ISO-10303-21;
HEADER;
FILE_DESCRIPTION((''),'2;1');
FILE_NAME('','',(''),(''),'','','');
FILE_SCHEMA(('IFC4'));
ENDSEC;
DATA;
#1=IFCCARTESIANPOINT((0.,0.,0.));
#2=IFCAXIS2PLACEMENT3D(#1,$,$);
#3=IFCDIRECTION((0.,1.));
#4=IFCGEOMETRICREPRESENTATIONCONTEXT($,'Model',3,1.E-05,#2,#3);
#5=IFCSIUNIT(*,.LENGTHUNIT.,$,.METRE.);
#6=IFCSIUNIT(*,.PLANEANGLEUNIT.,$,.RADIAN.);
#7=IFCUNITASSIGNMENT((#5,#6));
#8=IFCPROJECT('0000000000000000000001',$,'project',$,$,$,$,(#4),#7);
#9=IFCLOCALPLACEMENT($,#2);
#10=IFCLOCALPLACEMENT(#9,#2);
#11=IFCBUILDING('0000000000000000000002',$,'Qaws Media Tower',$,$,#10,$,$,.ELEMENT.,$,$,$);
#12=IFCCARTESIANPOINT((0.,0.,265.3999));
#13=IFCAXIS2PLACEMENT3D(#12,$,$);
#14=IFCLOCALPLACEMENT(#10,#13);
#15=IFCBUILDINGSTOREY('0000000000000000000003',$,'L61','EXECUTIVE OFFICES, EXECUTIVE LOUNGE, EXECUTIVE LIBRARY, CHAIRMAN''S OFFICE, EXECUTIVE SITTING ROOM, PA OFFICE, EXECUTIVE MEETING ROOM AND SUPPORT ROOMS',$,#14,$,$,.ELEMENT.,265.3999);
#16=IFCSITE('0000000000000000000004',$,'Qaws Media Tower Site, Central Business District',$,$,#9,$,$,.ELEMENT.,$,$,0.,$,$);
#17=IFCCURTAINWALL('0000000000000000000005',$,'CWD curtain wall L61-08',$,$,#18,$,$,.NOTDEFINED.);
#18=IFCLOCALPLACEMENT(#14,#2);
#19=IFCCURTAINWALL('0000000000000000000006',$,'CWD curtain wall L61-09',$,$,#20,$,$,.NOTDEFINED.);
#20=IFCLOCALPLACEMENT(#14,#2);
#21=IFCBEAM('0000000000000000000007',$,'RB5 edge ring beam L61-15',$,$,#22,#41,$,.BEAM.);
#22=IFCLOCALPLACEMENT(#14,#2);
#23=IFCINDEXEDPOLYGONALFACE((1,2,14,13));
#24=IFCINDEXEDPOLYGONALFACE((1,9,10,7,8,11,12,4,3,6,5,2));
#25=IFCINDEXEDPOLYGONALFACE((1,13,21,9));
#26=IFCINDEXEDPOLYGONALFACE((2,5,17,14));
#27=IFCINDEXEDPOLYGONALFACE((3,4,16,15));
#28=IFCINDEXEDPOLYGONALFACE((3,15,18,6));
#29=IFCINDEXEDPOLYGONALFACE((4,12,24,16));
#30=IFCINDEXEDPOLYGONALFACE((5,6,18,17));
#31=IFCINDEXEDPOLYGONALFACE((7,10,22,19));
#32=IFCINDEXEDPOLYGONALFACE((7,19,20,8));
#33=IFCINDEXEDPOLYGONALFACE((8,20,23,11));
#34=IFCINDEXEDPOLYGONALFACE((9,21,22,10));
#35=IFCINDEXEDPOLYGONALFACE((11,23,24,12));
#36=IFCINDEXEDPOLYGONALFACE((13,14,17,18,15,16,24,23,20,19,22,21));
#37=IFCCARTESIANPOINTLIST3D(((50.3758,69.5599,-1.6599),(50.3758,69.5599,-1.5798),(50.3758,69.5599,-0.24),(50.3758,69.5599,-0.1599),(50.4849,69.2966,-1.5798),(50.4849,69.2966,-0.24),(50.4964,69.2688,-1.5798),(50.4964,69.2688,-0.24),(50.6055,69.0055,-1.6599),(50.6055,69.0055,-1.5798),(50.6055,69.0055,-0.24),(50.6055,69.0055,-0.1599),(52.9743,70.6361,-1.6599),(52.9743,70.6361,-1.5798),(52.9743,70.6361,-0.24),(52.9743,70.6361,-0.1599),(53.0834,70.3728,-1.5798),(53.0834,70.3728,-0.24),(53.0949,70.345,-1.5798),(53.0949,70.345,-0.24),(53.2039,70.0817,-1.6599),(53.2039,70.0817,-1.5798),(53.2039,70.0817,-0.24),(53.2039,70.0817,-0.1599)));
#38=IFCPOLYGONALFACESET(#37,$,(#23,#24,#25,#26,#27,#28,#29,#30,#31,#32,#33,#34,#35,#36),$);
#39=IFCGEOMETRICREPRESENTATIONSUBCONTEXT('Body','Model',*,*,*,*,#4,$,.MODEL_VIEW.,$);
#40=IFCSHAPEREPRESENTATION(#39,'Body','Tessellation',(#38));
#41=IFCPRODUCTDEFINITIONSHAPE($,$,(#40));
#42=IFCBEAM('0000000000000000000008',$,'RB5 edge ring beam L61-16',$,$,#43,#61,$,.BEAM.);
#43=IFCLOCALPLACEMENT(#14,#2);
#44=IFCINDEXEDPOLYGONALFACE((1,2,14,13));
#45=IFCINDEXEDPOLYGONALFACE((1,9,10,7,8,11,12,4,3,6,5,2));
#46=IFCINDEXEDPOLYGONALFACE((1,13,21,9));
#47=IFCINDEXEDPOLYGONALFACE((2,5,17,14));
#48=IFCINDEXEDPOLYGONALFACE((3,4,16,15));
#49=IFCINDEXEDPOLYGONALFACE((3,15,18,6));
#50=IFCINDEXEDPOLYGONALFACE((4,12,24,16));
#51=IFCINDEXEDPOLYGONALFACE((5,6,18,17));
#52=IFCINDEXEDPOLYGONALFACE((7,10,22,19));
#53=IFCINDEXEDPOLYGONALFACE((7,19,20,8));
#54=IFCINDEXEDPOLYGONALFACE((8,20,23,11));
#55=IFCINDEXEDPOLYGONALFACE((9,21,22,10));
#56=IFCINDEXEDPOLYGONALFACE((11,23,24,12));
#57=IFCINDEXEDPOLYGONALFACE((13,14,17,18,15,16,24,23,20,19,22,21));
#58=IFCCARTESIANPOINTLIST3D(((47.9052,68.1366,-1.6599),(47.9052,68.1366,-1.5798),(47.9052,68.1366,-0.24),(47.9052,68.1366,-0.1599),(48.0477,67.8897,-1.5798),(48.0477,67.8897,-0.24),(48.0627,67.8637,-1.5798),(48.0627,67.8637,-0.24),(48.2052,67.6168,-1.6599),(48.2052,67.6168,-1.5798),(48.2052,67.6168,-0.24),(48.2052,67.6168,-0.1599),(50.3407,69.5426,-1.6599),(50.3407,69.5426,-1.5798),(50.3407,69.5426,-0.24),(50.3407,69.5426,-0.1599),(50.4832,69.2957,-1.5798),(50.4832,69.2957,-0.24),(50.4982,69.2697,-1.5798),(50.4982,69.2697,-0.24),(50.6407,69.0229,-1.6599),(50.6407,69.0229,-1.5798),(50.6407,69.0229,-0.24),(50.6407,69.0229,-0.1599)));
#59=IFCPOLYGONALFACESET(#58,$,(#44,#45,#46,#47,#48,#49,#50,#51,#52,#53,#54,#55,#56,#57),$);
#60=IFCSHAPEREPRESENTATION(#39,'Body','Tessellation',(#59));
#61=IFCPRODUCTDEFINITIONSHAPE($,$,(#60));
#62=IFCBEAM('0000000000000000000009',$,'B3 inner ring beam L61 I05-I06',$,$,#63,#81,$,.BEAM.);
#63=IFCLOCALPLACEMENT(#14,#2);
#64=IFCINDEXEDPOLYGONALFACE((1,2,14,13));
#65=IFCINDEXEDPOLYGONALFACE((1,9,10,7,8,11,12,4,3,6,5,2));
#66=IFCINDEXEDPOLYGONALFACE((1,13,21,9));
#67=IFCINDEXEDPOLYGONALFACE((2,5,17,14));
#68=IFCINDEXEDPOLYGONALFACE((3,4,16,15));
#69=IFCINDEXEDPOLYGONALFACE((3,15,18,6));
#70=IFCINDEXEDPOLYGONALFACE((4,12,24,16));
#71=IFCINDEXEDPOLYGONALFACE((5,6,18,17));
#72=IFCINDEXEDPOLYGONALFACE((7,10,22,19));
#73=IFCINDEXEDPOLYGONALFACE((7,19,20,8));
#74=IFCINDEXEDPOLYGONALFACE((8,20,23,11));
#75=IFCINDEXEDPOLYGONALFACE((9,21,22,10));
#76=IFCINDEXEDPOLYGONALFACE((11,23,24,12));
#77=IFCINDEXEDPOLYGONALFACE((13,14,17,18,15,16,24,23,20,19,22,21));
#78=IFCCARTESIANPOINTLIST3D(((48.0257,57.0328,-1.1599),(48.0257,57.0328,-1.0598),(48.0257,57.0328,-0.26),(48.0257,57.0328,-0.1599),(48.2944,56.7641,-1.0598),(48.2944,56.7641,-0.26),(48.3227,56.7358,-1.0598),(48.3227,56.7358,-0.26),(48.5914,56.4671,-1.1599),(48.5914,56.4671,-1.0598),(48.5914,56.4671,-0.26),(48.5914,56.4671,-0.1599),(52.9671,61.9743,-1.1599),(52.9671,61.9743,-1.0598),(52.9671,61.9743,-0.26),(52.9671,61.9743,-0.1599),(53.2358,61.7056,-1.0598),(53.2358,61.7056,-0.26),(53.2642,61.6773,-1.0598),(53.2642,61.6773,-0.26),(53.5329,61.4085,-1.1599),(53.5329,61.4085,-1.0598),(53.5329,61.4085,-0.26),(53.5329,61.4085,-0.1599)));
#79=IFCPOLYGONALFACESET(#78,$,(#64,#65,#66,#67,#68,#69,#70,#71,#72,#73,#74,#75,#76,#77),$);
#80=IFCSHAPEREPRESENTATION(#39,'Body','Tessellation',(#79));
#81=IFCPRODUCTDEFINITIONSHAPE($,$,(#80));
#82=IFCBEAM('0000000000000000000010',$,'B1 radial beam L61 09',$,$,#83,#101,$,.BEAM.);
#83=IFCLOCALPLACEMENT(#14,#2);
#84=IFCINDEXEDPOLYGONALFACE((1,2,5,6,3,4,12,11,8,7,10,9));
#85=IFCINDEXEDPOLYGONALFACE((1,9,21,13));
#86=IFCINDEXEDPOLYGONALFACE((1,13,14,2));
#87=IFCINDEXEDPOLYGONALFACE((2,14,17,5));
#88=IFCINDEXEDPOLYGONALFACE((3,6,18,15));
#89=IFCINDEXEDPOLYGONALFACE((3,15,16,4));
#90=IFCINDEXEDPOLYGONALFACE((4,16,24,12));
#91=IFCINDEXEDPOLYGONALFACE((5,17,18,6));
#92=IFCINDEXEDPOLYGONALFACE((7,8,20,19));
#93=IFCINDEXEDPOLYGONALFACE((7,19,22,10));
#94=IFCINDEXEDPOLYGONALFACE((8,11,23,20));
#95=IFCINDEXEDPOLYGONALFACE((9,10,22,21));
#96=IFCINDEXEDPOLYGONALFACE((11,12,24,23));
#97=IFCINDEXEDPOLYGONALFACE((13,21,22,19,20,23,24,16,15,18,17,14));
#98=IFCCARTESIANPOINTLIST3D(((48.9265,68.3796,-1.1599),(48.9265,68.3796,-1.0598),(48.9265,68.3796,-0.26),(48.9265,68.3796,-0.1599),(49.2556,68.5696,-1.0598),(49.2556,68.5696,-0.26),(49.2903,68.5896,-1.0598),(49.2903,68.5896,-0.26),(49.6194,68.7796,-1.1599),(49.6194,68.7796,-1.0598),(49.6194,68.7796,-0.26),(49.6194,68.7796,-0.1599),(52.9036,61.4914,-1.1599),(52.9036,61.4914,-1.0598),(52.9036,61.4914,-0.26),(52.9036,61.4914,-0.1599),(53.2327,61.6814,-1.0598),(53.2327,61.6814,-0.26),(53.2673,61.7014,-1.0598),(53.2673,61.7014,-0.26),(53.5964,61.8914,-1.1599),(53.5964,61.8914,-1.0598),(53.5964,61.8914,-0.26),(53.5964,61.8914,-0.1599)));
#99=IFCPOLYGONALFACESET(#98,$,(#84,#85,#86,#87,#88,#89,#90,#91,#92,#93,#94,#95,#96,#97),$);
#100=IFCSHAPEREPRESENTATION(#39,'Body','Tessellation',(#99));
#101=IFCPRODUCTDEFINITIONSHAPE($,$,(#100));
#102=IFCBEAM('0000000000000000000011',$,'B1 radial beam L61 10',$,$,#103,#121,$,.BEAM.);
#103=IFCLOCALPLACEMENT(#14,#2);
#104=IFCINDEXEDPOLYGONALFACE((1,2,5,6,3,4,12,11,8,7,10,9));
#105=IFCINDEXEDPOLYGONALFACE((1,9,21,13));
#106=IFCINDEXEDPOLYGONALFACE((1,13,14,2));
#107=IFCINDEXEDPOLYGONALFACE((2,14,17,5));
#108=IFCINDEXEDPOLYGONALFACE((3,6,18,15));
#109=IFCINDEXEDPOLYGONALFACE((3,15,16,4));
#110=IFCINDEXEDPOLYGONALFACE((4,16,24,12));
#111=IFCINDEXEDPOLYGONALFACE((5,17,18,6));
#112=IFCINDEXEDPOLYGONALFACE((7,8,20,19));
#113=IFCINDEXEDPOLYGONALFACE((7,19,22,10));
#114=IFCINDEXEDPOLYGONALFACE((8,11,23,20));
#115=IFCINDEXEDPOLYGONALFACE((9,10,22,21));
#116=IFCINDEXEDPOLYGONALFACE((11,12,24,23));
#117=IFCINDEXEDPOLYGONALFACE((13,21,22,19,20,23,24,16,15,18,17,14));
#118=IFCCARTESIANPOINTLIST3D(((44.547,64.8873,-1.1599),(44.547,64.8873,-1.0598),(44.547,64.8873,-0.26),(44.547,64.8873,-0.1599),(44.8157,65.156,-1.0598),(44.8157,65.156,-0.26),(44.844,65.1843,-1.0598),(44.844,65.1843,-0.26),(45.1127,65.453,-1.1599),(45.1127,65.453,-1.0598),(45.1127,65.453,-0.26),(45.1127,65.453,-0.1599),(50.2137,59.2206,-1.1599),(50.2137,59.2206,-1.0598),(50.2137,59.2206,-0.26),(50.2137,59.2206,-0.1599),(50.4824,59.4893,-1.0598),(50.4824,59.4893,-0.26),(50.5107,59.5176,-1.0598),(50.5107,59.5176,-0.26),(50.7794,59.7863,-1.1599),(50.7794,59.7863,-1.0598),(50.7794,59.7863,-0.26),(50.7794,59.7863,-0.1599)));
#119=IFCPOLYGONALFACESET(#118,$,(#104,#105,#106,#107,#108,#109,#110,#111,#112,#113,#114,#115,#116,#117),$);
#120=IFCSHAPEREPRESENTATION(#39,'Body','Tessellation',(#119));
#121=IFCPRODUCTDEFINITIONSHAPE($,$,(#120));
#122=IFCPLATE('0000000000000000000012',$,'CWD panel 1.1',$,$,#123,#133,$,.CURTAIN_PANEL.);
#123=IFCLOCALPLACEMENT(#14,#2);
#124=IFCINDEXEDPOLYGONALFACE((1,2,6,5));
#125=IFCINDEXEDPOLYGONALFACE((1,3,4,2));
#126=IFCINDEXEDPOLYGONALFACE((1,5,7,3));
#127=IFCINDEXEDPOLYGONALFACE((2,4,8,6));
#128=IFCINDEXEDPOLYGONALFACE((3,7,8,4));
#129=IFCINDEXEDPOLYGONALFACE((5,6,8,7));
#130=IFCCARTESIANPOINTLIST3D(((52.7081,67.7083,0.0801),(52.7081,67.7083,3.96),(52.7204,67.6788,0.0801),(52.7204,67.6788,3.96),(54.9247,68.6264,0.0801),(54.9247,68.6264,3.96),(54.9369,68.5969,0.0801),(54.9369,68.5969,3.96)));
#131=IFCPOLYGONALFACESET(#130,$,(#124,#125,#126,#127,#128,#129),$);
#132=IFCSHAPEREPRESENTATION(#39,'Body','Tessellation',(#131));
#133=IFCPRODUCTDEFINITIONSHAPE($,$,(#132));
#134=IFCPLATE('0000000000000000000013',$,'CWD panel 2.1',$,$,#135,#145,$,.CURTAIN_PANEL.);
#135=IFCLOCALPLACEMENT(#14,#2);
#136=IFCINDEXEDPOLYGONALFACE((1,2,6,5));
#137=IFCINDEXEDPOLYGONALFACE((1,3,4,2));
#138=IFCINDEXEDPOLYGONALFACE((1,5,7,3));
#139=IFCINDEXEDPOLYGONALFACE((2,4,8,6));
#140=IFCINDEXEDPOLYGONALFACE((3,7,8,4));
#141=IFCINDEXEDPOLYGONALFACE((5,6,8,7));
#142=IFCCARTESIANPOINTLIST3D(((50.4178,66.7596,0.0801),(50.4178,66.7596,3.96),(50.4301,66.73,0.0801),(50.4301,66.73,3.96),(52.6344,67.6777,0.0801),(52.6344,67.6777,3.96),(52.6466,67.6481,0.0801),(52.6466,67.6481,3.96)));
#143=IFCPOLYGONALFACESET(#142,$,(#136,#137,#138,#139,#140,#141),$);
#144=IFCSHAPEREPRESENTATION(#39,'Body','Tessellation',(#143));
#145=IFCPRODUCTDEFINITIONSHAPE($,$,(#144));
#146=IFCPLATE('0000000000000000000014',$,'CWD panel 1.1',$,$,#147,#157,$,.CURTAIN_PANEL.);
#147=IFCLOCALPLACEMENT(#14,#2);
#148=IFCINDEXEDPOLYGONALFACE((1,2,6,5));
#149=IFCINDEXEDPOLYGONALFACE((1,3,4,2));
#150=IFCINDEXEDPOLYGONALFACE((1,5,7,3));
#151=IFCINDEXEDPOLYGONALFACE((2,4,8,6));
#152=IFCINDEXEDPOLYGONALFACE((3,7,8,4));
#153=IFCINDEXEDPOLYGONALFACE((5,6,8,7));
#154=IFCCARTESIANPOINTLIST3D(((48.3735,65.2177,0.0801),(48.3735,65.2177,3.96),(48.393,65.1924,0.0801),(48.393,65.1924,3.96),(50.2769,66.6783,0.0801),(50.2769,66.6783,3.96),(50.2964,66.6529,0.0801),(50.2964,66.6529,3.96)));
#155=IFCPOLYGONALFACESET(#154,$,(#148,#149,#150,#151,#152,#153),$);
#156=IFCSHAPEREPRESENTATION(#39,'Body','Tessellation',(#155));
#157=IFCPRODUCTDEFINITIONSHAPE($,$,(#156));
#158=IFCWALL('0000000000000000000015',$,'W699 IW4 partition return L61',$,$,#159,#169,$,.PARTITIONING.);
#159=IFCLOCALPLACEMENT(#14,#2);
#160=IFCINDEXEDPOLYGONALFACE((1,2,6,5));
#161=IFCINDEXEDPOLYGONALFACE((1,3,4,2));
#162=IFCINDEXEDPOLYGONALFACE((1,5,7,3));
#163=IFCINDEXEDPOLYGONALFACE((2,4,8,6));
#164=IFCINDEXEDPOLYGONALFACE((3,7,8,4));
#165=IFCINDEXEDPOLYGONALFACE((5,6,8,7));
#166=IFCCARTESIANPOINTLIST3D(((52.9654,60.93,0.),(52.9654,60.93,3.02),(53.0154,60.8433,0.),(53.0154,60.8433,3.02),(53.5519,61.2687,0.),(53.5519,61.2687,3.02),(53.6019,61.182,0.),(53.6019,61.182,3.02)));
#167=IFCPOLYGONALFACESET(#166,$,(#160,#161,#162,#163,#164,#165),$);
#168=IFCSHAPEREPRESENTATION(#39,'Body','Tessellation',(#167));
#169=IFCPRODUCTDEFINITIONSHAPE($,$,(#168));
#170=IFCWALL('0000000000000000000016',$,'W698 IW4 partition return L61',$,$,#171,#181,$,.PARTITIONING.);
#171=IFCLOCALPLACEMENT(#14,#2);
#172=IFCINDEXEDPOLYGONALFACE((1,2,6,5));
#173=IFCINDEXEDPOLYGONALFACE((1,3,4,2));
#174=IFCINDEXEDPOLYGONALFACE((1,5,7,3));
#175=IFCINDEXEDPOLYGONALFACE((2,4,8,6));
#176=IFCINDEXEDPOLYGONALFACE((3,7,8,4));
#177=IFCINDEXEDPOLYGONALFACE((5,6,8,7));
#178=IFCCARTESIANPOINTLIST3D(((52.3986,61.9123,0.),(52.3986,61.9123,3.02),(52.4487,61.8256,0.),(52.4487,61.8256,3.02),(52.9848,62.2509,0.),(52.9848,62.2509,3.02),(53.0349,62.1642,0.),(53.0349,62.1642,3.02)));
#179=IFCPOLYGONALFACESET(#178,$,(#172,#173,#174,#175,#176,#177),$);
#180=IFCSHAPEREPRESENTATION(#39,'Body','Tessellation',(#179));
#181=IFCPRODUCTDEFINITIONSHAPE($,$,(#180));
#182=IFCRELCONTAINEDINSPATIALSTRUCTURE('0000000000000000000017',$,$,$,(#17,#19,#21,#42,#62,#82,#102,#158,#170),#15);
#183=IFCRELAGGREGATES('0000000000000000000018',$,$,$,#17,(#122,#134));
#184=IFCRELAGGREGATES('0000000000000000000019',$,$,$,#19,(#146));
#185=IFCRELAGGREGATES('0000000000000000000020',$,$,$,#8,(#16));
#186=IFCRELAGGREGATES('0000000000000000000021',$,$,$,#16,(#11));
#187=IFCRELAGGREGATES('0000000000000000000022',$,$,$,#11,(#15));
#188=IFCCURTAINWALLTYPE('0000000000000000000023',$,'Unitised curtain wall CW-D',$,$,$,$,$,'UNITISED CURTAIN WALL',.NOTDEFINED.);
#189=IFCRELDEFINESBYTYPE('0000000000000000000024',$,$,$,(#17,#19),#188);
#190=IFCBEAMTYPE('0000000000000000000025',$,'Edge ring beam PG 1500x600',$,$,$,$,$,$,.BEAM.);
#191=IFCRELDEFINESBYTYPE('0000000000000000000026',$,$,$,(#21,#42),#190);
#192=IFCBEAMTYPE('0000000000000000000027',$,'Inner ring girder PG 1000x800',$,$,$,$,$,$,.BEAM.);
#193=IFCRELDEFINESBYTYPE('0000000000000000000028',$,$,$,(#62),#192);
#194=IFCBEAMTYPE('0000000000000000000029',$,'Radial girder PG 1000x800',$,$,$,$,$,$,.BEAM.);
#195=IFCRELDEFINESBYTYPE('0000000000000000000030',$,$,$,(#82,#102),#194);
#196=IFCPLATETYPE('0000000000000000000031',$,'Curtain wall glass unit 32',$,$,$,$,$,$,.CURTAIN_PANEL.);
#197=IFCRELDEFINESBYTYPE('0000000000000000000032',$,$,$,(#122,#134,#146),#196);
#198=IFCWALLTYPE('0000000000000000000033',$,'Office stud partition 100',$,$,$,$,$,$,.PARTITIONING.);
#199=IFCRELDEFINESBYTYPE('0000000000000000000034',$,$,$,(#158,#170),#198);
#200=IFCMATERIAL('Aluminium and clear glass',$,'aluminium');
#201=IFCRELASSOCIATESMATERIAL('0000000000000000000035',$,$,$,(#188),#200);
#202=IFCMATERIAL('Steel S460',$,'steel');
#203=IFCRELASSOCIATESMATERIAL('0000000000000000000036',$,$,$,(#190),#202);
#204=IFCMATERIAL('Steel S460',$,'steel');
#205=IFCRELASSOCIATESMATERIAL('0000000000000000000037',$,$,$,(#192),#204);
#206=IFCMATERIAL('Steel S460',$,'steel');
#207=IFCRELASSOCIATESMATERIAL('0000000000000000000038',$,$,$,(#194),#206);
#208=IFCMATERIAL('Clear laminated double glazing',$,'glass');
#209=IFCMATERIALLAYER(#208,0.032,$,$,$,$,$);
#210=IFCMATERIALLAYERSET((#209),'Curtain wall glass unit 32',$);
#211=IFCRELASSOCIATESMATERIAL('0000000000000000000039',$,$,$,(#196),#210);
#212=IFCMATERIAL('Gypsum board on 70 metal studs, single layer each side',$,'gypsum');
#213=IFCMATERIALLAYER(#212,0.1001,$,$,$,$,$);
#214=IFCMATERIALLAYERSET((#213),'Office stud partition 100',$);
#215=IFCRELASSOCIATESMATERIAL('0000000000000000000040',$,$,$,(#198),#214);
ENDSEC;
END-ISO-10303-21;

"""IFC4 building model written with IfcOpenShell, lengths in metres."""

from ifc_helpers import new_model, si_unit, direction, frame, frame_2d, origin, origin_2d, place, context, subcontext, project, spatial, rectangle, i_section, extrude, material, layer, layer_set, material_profile, profile_set, type_object, element, aggregate, save


model = new_model("IFC4")

# Units and contexts
model_context = context("Model", 3, precision=1e-05, world=origin(), true_north=direction((0.0, 1.0)))
body_context = subcontext(model_context, "Body", "Model", "MODEL_VIEW")
ifc_project = project(units=[si_unit("LENGTHUNIT", "METRE"), si_unit("PLANEANGLEUNIT", "RADIAN")], contexts=[model_context])

# Site, building, storey
site_placement = place(None, origin())
site = spatial("IfcSite", under=ifc_project, at=site_placement, Name="Qaws Media Tower Site, Central Business District", CompositionType="ELEMENT", RefElevation=0.0)
building_placement = place(site_placement, origin())
building = spatial("IfcBuilding", under=site, at=building_placement, Name="Qaws Media Tower", CompositionType="ELEMENT")
storey_placement = place(building_placement, frame((0.0, 0.0, 265.3999)))
storey = spatial("IfcBuildingStorey", under=building, at=storey_placement, Name="L61", Description="EXECUTIVE OFFICES, EXECUTIVE LOUNGE, EXECUTIVE LIBRARY, CHAIRMAN'S OFFICE, EXECUTIVE SITTING ROOM, PA OFFICE, EXECUTIVE MEETING ROOM AND SUPPORT ROOMS", CompositionType="ELEMENT", Elevation=265.3999)

# Curtain walls
ifc_material_1 = material(Name="Aluminium and clear glass", Category="aluminium")
curtain_wall_type = type_object("IfcCurtainWallType", Name="Unitised curtain wall CW-D", ElementType="UNITISED CURTAIN WALL", PredefinedType="NOTDEFINED", material=ifc_material_1)
curtain_wall_1_placement = place(storey_placement, origin())
curtain_wall_1 = element("IfcCurtainWall", 1, at=curtain_wall_1_placement, inside=storey, type_object=curtain_wall_type, Name="CWD curtain wall L61-08", PredefinedType="NOTDEFINED")
curtain_wall_2_placement = place(storey_placement, origin())
curtain_wall_2 = element("IfcCurtainWall", 2, at=curtain_wall_2_placement, inside=storey, type_object=curtain_wall_type, Name="CWD curtain wall L61-09", PredefinedType="NOTDEFINED")

# Beams
ifc_material_2 = material(Name="Steel S460", Category="steel")
ifc_material_profile_1 = material_profile(ifc_material_2, i_section(OverallWidth=0.6001, OverallDepth=1.5, WebThickness=0.03, FlangeThickness=0.0801, at=origin_2d()), Name="PG 1500x600")
ifc_profile_set_1 = profile_set([ifc_material_profile_1], Name="Steel S460")
beam_type_1 = type_object("IfcBeamType", Name="Edge ring beam PG 1500x600", PredefinedType="BEAM", material=ifc_profile_set_1)
for number, where, z_axis, x_axis, name in (
    (3, (53.0891, 70.3589, -0.9099), (-0.923894, -0.382648, 0.0), (0.382648, -0.923894, 0.0), "RB5 edge ring beam L61-15"),
):
    element("IfcBeam", number, at=place(storey_placement, frame(where, z_axis=z_axis, x_axis=x_axis)), inside=storey, type_object=beam_type_1, Name=name, PredefinedType="BEAM", context=body_context, shape_type="SweptSolid", body=[
        extrude(i_section(OverallWidth=0.6001, OverallDepth=1.5, WebThickness=0.03, FlangeThickness=0.0801, at=origin_2d()), origin(), (0.0, 0.0, 1.0), 2.8125),
    ])
beam_1_placement = place(storey_placement, frame((50.4907, 69.2827, -0.9099), z_axis=(-0.86605, -0.499958, 0.0), x_axis=(0.499958, -0.86605, 0.0)))
element("IfcBeam", 4, at=beam_1_placement, inside=storey, type_object=beam_type_1, Name="RB5 edge ring beam L61-16", PredefinedType="BEAM", context=body_context, shape_type="SweptSolid", body=[
    extrude(i_section(OverallWidth=0.6001, OverallDepth=1.5, WebThickness=0.03, FlangeThickness=0.0801, at=origin_2d()), origin(), (0.0, 0.0, 1.0), 2.8123),
])
ifc_material_3 = material(Name="Steel S460", Category="steel")
ifc_material_profile_2 = material_profile(ifc_material_3, i_section(OverallWidth=0.8, OverallDepth=1.0, WebThickness=0.04, FlangeThickness=0.1001, at=origin_2d()), Name="PG 1000x800")
ifc_profile_set_2 = profile_set([ifc_material_profile_2], Name="Steel S460")
beam_type_2 = type_object("IfcBeamType", Name="Inner ring girder PG 1000x800", PredefinedType="BEAM", material=ifc_profile_set_2)
beam_2_placement = place(storey_placement, frame((53.25, 61.6914, -0.6599), z_axis=(-0.707107, -0.707107, 0.0), x_axis=(0.707107, -0.707107, 0.0)))
element("IfcBeam", 5, at=beam_2_placement, inside=storey, type_object=beam_type_2, Name="B3 inner ring beam L61 I05-I06", PredefinedType="BEAM", context=body_context, shape_type="SweptSolid", body=[
    extrude(i_section(OverallWidth=0.8, OverallDepth=1.0, WebThickness=0.04, FlangeThickness=0.1001, at=origin_2d()), origin(), (0.0, 0.0, 1.0), 6.9883),
])
ifc_material_4 = material(Name="Steel S460", Category="steel")
ifc_material_profile_3 = material_profile(ifc_material_4, i_section(OverallWidth=0.8, OverallDepth=1.0, WebThickness=0.04, FlangeThickness=0.1001, at=origin_2d()), Name="PG 1000x800")
ifc_profile_set_3 = profile_set([ifc_material_profile_3], Name="Steel S460")
beam_type_3 = type_object("IfcBeamType", Name="Radial girder PG 1000x800", PredefinedType="BEAM", material=ifc_profile_set_3)
beam_3_placement = place(storey_placement, frame((53.25, 61.6914, -0.6599), z_axis=(-0.500015, 0.866017, 0.0), x_axis=(-0.866017, -0.500015, 0.0)))
element("IfcBeam", 6, at=beam_3_placement, inside=storey, type_object=beam_type_3, Name="B1 radial beam L61 09", PredefinedType="BEAM", context=body_context, shape_type="SweptSolid", body=[
    extrude(i_section(OverallWidth=0.8, OverallDepth=1.0, WebThickness=0.04, FlangeThickness=0.1001, at=origin_2d()), origin(), (0.0, 0.0, 1.0), 7.9539),
])
beam_4_placement = place(storey_placement, frame((50.4966, 59.5034, -0.6599), z_axis=(-0.707107, 0.707107, 0.0), x_axis=(-0.707107, -0.707107, 0.0)))
element("IfcBeam", 7, at=beam_4_placement, inside=storey, type_object=beam_type_3, Name="B1 radial beam L61 10", PredefinedType="BEAM", context=body_context, shape_type="SweptSolid", body=[
    extrude(i_section(OverallWidth=0.8, OverallDepth=1.0, WebThickness=0.04, FlangeThickness=0.1001, at=origin_2d()), origin(), (0.0, 0.0, 1.0), 8.0139),
])

# Plates
ifc_material_5 = material(Name="Clear laminated double glazing", Category="glass")
ifc_layer_1 = layer(ifc_material_5, 0.032)
ifc_layer_set_1 = layer_set([ifc_layer_1], Name="Curtain wall glass unit 32")
plate_type = type_object("IfcPlateType", Name="Curtain wall glass unit 32", PredefinedType="CURTAIN_PANEL", material=ifc_layer_set_1)
plate_1_placement = place(storey_placement, frame((53.8225, 68.1526, 0.0801), z_axis=(0.0, 0.0, 1.0), x_axis=(-0.92388, -0.382683, 0.0)))
plate_1 = element("IfcPlate", 8, at=plate_1_placement, type_object=plate_type, Name="CWD panel 1.1", PredefinedType="CURTAIN_PANEL", context=body_context, shape_type="SweptSolid", body=[
    extrude(rectangle(XDim=2.3992, YDim=0.032, at=origin_2d()), origin(), (0.0, 0.0, 1.0), 3.8799),
])
plate_2_placement = place(storey_placement, frame((51.5322, 67.2039, 0.0801), z_axis=(0.0, 0.0, 1.0), x_axis=(-0.92388, -0.382683, 0.0)))
plate_2 = element("IfcPlate", 9, at=plate_2_placement, type_object=plate_type, Name="CWD panel 2.1", PredefinedType="CURTAIN_PANEL", context=body_context, shape_type="SweptSolid", body=[
    extrude(rectangle(XDim=2.3992, YDim=0.032, at=origin_2d()), origin(), (0.0, 0.0, 1.0), 3.8799),
])
aggregate(curtain_wall_1, [plate_1, plate_2])
plate_3_placement = place(storey_placement, frame((49.335, 65.9353, 0.0801), z_axis=(0.0, 0.0, 1.0), x_axis=(-0.793353, -0.608761, 0.0)))
plate_3 = element("IfcPlate", 10, at=plate_3_placement, type_object=plate_type, Name="CWD panel 1.1", PredefinedType="CURTAIN_PANEL", context=body_context, shape_type="SweptSolid", body=[
    extrude(rectangle(XDim=2.3992, YDim=0.032, at=origin_2d()), origin(), (0.0, 0.0, 1.0), 3.8799),
])
aggregate(curtain_wall_2, [plate_3])

# Walls
ifc_material_6 = material(Name="Gypsum board on 70 metal studs, single layer each side", Category="gypsum")
ifc_layer_2 = layer(ifc_material_6, 0.1001)
ifc_layer_set_2 = layer_set([ifc_layer_2], Name="Office stud partition 100")
wall_type_1 = type_object("IfcWallType", Name="Office stud partition 100", PredefinedType="PARTITIONING", material=ifc_layer_set_2)
wall_1_placement = place(storey_placement, frame((53.5769, 61.2253, 0.0), z_axis=(0.0, 0.0, 1.0), x_axis=(-0.865993, -0.500055, 0.0)))
element("IfcWall", 11, at=wall_1_placement, inside=storey, type_object=wall_type_1, Name="W699 IW4 partition return L61", PredefinedType="PARTITIONING", context=body_context, shape_type="SweptSolid", body=[
    extrude(rectangle(XDim=0.6772, YDim=0.1001, at=frame_2d((0.3386, 0.0))), origin(), (0.0, 0.0, 1.0), 3.02),
])
wall_2_placement = place(storey_placement, frame((53.0098, 62.2075, 0.0), z_axis=(0.0, 0.0, 1.0), x_axis=(-0.865903, -0.500212, 0.0)))
element("IfcWall", 12, at=wall_2_placement, inside=storey, type_object=wall_type_1, Name="W698 IW4 partition return L61", PredefinedType="PARTITIONING", context=body_context, shape_type="SweptSolid", body=[
    extrude(rectangle(XDim=0.677, YDim=0.1001, at=frame_2d((0.3384, 0.0))), origin(), (0.0, 0.0, 1.0), 3.02),
])

save(model, "model.ifc")
